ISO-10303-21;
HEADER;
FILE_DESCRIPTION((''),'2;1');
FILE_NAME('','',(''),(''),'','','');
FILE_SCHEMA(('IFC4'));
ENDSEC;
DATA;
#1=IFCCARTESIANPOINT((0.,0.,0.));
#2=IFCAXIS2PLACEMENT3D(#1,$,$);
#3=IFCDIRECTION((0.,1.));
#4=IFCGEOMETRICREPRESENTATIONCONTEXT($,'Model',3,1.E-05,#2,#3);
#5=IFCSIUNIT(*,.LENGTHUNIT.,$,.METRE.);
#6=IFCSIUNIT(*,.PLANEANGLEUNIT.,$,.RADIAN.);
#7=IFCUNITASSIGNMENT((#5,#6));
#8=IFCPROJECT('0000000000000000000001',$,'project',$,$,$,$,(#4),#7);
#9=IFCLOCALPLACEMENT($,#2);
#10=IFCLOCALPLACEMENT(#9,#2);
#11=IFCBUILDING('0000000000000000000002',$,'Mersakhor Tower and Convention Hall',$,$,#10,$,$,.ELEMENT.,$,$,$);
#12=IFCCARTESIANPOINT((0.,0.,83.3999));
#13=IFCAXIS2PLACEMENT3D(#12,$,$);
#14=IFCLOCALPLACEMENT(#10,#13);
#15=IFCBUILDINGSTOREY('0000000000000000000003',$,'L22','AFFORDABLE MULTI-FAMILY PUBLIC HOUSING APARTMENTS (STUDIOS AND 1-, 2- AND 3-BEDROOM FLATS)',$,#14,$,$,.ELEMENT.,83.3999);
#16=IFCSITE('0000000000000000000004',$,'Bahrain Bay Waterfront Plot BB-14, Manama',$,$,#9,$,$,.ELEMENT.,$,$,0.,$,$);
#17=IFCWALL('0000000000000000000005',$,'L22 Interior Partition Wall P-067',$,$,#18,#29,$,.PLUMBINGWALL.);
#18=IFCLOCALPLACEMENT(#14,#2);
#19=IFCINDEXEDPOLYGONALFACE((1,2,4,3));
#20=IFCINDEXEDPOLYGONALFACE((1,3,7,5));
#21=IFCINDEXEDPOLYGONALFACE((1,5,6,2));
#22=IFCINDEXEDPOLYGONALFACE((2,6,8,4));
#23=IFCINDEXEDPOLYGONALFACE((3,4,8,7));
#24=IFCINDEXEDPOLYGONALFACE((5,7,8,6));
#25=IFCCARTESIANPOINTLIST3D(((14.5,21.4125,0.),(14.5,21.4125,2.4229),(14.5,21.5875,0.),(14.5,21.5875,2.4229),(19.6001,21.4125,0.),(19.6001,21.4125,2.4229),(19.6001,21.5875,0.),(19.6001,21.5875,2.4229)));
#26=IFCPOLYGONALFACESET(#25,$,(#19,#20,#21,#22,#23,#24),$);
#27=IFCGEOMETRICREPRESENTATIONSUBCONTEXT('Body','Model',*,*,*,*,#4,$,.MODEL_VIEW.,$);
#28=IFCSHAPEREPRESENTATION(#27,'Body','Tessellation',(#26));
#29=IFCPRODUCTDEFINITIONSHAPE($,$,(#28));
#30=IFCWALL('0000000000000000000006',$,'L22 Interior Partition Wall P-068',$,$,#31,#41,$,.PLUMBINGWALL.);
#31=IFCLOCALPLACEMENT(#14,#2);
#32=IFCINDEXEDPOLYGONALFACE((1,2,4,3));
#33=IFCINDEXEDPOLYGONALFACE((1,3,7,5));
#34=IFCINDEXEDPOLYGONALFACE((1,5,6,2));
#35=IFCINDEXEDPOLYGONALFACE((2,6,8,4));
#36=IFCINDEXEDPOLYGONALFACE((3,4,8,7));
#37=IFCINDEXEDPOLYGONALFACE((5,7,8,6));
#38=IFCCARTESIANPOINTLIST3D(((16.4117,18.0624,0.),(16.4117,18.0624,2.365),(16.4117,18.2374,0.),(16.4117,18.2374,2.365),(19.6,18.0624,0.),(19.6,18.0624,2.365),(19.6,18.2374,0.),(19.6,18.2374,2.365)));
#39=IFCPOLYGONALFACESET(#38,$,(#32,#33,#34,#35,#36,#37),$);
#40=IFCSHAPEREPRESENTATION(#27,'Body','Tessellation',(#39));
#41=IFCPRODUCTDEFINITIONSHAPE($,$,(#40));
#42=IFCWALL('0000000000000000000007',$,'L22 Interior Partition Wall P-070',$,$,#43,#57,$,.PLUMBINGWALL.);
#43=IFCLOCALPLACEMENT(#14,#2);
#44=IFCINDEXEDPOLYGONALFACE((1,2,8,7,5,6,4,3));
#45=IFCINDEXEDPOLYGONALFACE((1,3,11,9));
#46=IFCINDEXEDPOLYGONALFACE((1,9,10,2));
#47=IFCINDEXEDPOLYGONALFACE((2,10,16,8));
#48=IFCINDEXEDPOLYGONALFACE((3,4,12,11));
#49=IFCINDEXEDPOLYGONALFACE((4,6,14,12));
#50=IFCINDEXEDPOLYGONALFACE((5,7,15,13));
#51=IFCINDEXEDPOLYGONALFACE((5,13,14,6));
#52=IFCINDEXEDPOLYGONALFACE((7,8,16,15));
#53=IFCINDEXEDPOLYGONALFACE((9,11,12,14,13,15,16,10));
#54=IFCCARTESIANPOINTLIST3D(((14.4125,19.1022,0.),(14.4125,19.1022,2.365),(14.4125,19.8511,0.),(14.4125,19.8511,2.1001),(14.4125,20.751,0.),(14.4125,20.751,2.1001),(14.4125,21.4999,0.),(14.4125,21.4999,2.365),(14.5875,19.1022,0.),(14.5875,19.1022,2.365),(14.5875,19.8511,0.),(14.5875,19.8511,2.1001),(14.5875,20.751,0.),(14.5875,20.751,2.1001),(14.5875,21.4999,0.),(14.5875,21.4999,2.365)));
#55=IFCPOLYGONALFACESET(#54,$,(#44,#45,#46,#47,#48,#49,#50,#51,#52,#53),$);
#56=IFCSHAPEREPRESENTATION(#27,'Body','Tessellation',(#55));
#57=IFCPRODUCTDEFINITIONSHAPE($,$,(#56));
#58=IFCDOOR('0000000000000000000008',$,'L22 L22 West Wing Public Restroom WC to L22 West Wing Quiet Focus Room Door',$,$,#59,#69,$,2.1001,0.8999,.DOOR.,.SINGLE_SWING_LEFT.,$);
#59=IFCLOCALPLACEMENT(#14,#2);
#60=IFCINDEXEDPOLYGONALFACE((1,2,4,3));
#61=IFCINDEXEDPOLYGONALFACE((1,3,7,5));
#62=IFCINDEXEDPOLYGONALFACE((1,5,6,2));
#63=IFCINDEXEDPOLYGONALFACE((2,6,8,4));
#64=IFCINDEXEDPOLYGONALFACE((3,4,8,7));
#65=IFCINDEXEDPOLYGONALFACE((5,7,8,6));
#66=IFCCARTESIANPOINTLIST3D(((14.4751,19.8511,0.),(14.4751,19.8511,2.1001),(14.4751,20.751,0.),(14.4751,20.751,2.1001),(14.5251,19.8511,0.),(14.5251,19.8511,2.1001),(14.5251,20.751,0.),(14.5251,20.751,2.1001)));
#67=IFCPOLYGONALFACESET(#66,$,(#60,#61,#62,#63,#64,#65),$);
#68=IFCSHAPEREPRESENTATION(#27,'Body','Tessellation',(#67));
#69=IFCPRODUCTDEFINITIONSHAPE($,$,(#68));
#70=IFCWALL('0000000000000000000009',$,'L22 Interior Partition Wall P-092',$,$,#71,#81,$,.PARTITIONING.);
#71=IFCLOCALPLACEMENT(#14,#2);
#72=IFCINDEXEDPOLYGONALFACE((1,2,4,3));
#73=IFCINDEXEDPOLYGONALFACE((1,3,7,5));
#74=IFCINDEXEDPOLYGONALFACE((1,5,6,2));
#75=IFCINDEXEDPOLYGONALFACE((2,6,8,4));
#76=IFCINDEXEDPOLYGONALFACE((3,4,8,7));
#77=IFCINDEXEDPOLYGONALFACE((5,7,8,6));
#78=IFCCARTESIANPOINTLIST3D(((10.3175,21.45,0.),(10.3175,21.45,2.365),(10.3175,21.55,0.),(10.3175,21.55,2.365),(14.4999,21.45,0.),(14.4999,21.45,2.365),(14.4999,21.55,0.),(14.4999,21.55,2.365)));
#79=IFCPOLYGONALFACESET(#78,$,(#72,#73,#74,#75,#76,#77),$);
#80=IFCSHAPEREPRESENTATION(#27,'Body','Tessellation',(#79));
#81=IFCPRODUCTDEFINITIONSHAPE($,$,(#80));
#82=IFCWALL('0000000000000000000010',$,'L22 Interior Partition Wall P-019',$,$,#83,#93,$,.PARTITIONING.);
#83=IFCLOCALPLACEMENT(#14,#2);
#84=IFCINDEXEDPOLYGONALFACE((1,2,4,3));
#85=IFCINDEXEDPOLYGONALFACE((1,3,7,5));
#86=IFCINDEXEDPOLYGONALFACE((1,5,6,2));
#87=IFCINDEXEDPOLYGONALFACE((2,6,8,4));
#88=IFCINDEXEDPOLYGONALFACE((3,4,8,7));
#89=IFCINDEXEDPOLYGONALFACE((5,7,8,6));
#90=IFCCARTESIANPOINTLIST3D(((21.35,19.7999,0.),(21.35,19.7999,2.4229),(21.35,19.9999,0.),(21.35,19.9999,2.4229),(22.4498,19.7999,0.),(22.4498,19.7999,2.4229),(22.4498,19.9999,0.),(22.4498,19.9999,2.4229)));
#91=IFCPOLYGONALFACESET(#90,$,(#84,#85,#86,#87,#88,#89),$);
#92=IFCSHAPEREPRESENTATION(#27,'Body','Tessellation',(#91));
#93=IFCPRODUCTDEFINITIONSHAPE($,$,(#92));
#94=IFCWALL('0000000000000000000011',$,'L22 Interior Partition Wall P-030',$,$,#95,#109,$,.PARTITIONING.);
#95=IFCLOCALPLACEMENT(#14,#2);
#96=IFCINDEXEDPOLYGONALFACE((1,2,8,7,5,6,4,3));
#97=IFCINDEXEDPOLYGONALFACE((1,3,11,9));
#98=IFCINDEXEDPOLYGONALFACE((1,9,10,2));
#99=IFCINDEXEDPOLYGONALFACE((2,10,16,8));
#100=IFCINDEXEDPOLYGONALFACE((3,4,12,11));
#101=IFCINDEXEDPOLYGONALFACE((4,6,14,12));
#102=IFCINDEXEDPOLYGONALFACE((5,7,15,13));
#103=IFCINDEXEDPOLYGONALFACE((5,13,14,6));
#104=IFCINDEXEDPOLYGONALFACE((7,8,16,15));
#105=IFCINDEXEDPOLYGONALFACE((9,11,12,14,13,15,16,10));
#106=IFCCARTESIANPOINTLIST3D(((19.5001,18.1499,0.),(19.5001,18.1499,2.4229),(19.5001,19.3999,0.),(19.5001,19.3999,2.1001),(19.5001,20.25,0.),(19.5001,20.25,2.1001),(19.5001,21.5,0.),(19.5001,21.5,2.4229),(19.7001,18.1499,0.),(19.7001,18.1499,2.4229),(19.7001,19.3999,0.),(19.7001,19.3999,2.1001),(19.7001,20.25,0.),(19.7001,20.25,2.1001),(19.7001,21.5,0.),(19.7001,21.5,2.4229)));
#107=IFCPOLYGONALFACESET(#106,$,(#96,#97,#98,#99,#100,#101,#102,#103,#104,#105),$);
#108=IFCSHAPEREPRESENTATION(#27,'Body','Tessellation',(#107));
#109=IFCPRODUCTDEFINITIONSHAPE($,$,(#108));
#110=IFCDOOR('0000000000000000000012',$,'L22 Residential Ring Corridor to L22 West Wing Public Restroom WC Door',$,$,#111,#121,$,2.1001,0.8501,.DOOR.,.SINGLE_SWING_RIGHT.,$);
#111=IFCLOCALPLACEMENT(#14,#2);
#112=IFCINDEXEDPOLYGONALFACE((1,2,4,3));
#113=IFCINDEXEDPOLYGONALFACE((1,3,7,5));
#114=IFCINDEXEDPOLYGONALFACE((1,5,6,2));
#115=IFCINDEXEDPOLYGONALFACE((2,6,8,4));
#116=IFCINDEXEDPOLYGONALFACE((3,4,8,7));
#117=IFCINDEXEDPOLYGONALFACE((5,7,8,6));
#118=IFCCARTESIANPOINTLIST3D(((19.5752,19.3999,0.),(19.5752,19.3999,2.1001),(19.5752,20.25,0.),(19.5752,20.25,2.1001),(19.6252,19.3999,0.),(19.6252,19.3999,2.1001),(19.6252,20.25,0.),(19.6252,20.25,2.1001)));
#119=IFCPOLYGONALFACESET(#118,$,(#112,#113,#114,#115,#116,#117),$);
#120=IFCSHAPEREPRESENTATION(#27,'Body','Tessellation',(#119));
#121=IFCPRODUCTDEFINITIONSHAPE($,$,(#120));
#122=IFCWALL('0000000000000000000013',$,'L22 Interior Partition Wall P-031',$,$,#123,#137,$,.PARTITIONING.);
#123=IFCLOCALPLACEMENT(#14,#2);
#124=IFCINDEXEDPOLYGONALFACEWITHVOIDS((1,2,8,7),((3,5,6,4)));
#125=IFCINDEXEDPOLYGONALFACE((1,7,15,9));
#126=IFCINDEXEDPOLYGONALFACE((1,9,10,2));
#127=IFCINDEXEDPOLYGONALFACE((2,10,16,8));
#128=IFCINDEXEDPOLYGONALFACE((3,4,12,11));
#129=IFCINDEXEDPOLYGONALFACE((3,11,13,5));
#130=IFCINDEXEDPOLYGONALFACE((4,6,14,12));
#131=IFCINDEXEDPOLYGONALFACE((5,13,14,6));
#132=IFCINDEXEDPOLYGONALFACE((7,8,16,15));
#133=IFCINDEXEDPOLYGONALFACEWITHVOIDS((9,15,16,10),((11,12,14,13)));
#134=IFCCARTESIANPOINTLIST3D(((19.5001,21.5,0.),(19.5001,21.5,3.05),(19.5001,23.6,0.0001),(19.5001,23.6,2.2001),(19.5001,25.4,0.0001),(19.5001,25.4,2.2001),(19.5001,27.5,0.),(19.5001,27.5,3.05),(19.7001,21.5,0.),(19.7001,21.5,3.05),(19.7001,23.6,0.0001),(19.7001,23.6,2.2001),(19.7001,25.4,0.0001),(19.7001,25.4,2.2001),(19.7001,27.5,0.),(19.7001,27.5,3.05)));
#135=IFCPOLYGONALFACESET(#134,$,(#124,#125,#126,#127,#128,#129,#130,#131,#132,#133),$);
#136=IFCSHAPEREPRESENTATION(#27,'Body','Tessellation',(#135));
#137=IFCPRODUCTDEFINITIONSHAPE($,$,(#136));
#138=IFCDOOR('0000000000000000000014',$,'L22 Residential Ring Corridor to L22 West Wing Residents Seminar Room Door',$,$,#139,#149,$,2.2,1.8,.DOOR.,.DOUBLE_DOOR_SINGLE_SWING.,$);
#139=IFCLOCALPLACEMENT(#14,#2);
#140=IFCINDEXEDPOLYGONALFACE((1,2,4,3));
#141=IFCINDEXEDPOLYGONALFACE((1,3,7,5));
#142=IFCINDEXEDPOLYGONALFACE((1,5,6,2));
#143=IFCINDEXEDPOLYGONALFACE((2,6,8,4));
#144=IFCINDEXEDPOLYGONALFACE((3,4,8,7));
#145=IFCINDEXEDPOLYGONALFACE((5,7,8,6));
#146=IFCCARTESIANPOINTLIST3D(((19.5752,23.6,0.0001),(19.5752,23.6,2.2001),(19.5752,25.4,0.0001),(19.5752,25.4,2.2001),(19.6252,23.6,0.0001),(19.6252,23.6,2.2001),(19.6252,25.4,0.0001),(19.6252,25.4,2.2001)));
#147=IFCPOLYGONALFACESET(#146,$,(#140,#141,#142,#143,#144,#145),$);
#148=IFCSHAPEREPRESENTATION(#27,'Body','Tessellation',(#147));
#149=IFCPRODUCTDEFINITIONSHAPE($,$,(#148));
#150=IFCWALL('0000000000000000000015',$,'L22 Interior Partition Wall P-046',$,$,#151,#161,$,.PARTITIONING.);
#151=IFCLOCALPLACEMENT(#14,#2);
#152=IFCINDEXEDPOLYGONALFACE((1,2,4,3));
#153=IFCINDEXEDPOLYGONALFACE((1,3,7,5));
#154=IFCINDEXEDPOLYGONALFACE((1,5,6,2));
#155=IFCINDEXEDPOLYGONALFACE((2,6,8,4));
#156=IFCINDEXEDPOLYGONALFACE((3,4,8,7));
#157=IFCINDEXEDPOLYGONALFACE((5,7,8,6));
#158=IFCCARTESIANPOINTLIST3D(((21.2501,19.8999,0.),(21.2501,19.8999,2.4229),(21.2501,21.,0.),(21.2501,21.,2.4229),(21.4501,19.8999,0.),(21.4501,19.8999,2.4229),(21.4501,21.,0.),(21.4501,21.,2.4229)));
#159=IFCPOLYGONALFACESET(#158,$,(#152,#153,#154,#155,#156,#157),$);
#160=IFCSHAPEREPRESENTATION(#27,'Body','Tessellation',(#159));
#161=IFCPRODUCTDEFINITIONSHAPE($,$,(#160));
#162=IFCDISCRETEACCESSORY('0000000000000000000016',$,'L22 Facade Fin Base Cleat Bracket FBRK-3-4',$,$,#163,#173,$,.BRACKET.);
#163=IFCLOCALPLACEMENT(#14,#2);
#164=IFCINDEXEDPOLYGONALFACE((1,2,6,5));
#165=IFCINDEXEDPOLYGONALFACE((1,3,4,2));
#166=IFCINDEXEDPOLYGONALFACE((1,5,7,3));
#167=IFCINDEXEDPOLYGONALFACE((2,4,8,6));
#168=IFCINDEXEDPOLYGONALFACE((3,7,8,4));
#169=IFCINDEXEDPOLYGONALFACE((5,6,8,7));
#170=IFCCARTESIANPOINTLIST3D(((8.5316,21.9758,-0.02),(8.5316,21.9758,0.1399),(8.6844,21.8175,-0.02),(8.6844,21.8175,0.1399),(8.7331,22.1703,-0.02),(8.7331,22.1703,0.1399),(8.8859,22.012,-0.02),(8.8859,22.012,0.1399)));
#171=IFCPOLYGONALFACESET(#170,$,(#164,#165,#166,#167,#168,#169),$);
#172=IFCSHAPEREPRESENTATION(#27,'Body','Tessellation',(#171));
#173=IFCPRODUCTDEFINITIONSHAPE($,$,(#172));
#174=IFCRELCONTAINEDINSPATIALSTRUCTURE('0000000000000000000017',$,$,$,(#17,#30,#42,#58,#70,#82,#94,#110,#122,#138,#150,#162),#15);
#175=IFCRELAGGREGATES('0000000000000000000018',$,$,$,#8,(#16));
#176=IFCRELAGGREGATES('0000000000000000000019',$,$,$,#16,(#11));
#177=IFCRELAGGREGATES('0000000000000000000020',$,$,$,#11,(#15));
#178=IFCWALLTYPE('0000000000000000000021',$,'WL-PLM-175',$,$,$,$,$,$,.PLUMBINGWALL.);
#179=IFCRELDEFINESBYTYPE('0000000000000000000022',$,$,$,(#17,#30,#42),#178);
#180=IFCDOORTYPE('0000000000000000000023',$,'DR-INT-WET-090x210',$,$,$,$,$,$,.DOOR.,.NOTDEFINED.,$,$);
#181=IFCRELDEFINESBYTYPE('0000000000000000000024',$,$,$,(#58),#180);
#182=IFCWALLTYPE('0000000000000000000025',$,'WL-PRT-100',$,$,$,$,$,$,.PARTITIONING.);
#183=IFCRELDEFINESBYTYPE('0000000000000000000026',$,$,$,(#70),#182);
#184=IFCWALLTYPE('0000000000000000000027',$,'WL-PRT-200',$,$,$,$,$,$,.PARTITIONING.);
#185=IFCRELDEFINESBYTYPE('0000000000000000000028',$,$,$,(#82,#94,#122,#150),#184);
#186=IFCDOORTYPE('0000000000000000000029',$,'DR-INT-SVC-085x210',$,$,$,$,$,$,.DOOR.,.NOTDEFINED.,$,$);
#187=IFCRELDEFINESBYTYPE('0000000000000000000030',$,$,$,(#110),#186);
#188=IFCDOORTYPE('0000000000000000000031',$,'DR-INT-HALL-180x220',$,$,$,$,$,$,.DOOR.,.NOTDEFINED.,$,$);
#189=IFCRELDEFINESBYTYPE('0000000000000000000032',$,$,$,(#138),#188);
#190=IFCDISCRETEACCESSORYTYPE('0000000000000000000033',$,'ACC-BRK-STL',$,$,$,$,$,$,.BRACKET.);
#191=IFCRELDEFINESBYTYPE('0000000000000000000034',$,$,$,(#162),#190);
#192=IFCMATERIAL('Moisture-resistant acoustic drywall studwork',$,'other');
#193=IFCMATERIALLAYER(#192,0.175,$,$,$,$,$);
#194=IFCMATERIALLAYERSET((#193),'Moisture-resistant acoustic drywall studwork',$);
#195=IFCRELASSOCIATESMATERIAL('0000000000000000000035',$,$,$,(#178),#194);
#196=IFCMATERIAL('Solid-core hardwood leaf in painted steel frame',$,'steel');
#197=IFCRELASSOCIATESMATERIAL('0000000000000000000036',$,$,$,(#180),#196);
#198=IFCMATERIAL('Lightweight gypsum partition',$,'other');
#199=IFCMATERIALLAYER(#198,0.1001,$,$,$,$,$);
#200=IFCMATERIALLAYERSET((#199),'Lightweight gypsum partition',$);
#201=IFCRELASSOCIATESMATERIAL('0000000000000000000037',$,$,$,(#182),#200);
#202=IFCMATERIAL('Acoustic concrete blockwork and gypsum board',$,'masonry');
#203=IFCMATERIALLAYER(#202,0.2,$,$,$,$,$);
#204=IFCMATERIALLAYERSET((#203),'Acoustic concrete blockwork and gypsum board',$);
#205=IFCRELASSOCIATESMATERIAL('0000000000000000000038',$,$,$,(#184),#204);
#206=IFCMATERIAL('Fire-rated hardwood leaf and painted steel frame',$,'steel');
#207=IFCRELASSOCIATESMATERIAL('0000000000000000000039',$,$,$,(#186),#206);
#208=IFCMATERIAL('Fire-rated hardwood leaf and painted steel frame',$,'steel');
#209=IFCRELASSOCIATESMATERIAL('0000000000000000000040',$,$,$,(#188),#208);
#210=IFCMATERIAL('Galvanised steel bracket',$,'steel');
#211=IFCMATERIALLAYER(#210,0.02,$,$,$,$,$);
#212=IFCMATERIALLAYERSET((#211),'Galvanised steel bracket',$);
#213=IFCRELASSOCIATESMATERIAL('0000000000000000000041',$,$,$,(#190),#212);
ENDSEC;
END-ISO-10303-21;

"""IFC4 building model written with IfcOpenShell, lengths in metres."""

from ifc_helpers import new_model, si_unit, direction, frame, frame_2d, origin, origin_2d, place, context, subcontext, project, spatial, rectangle, extrude, material, layer, layer_set, type_object, element, fill, save


model = new_model("IFC4")

# Units and contexts
model_context = context("Model", 3, precision=1e-05, world=origin(), true_north=direction((0.0, 1.0)))
body_context = subcontext(model_context, "Body", "Model", "MODEL_VIEW")
ifc_project = project(units=[si_unit("LENGTHUNIT", "METRE"), si_unit("PLANEANGLEUNIT", "RADIAN")], contexts=[model_context])

# Site, building, storey
site_placement = place(None, origin())
site = spatial("IfcSite", under=ifc_project, at=site_placement, Name="Bahrain Bay Waterfront Plot BB-14, Manama", CompositionType="ELEMENT", RefElevation=0.0)
building_placement = place(site_placement, origin())
building = spatial("IfcBuilding", under=site, at=building_placement, Name="Mersakhor Tower and Convention Hall", CompositionType="ELEMENT")
storey_placement = place(building_placement, frame((0.0, 0.0, 83.3999)))
storey = spatial("IfcBuildingStorey", under=building, at=storey_placement, Name="L22", Description="AFFORDABLE MULTI-FAMILY PUBLIC HOUSING APARTMENTS (STUDIOS AND 1-, 2- AND 3-BEDROOM FLATS)", CompositionType="ELEMENT", Elevation=83.3999)

# Walls
ifc_material_1 = material(Name="Moisture-resistant acoustic drywall studwork", Category="other")
ifc_layer_1 = layer(ifc_material_1, 0.175)
ifc_layer_set_1 = layer_set([ifc_layer_1], Name="Moisture-resistant acoustic drywall studwork")
wall_type_1 = type_object("IfcWallType", Name="WL-PLM-175", PredefinedType="PLUMBINGWALL", material=ifc_layer_set_1)
wall_1_placement = place(storey_placement, frame((14.5, 21.5, 0.0), z_axis=(0.0, 0.0, 1.0), x_axis=(1.0, 0.0, 0.0)))
element("IfcWall", 1, at=wall_1_placement, inside=storey, type_object=wall_type_1, Name="L22 Interior Partition Wall P-067", PredefinedType="PLUMBINGWALL", context=body_context, shape_type="SweptSolid", body=[
    extrude(rectangle(XDim=5.1001, YDim=0.175, at=frame_2d((2.55, 0.0))), origin(), (0.0, 0.0, 1.0), 2.4229),
])
wall_2_placement = place(storey_placement, frame((19.6001, 18.1499, 0.0), z_axis=(0.0, 0.0, 1.0), x_axis=(-1.0, 0.0, 0.0)))
element("IfcWall", 2, at=wall_2_placement, inside=storey, type_object=wall_type_1, Name="L22 Interior Partition Wall P-068", PredefinedType="PLUMBINGWALL", context=body_context, shape_type="SweptSolid", body=[
    extrude(rectangle(XDim=3.1882, YDim=0.175, at=frame_2d((1.5942, 0.0))), origin(), (0.0, 0.0, 1.0), 2.365),
])

# Wall, opening, door
wall_3_placement = place(storey_placement, frame((14.5, 19.1023, 0.0), z_axis=(0.0, 0.0, 1.0), x_axis=(0.0, 1.0, 0.0)))
wall_3 = element("IfcWall", 3, at=wall_3_placement, inside=storey, type_object=wall_type_1, Name="L22 Interior Partition Wall P-070", PredefinedType="PLUMBINGWALL", context=body_context, shape_type="SweptSolid", body=[
    extrude(rectangle(XDim=2.3977, YDim=0.175, at=frame_2d((1.1987, 0.0))), origin(), (0.0, 0.0, 1.0), 2.365),
])
opening_1_placement = place(wall_3_placement, frame((0.7488, 0.0, 0.0)))
opening_1 = element("IfcOpeningElement", 4, at=opening_1_placement, cuts=wall_3, PredefinedType="OPENING", context=body_context, shape_type="SweptSolid", body=[
    extrude(rectangle(XDim=0.8999, YDim=2.1001, at=frame_2d((0.45, 1.05))), frame((0.0, 0.0974, 0.0), z_axis=(0.0, -1.0, 0.0), x_axis=(1.0, 0.0, 0.0)), (0.0, 0.0, 1.0), 0.1951),
])
ifc_material_2 = material(Name="Solid-core hardwood leaf in painted steel frame", Category="steel")
door_type_1 = type_object("IfcDoorType", Name="DR-INT-WET-090x210", OperationType="NOTDEFINED", PredefinedType="DOOR", material=ifc_material_2)
door_1_placement = place(opening_1_placement, origin())
door_1 = element("IfcDoor", 5, at=door_1_placement, inside=storey, type_object=door_type_1, Name="L22 L22 West Wing Public Restroom WC to L22 West Wing Quiet Focus Room Door", OperationType="SINGLE_SWING_LEFT", OverallHeight=2.1001, OverallWidth=0.8999, PredefinedType="DOOR", context=body_context, shape_type="SweptSolid", body=[
    extrude(rectangle(XDim=0.8999, YDim=2.1001, at=frame_2d((0.45, 1.05))), frame((0.0, 0.0249, 0.0), z_axis=(0.0, -1.0, 0.0), x_axis=(1.0, 0.0, 0.0)), (0.0, 0.0, 1.0), 0.05),
])
fill(opening_1, door_1)

# Walls
ifc_material_3 = material(Name="Lightweight gypsum partition", Category="other")
ifc_layer_2 = layer(ifc_material_3, 0.1001)
ifc_layer_set_2 = layer_set([ifc_layer_2], Name="Lightweight gypsum partition")
wall_type_2 = type_object("IfcWallType", Name="WL-PRT-100", PredefinedType="PARTITIONING", material=ifc_layer_set_2)
wall_4_placement = place(storey_placement, frame((14.5, 21.5, 0.0), z_axis=(0.0, 0.0, 1.0), x_axis=(-1.0, 0.0, 0.0)))
element("IfcWall", 6, at=wall_4_placement, inside=storey, type_object=wall_type_2, Name="L22 Interior Partition Wall P-092", PredefinedType="PARTITIONING", context=body_context, shape_type="SweptSolid", body=[
    extrude(rectangle(XDim=4.1824, YDim=0.1001, at=frame_2d((2.0913, 0.0))), origin(), (0.0, 0.0, 1.0), 2.365),
])
ifc_material_4 = material(Name="Acoustic concrete blockwork and gypsum board", Category="masonry")
ifc_layer_3 = layer(ifc_material_4, 0.2)
ifc_layer_set_3 = layer_set([ifc_layer_3], Name="Acoustic concrete blockwork and gypsum board")
wall_type_3 = type_object("IfcWallType", Name="WL-PRT-200", PredefinedType="PARTITIONING", material=ifc_layer_set_3)
wall_5_placement = place(storey_placement, frame((21.3501, 19.8999, 0.0), z_axis=(0.0, 0.0, 1.0), x_axis=(1.0, 0.0, 0.0)))
element("IfcWall", 7, at=wall_5_placement, inside=storey, type_object=wall_type_3, Name="L22 Interior Partition Wall P-019", PredefinedType="PARTITIONING", context=body_context, shape_type="SweptSolid", body=[
    extrude(rectangle(XDim=1.0999, YDim=0.2, at=frame_2d((0.5498, 0.0))), origin(), (0.0, 0.0, 1.0), 2.4229),
])

# Walls, openings, doors
wall_6_placement = place(storey_placement, frame((19.6001, 18.1499, 0.0), z_axis=(0.0, 0.0, 1.0), x_axis=(0.0, 1.0, 0.0)))
wall_6 = element("IfcWall", 8, at=wall_6_placement, inside=storey, type_object=wall_type_3, Name="L22 Interior Partition Wall P-030", PredefinedType="PARTITIONING", context=body_context, shape_type="SweptSolid", body=[
    extrude(rectangle(XDim=3.3501, YDim=0.2, at=frame_2d((1.675, 0.0))), origin(), (0.0, 0.0, 1.0), 2.4229),
])
opening_2_placement = place(wall_6_placement, frame((1.25, 0.0, 0.0)))
opening_2 = element("IfcOpeningElement", 9, at=opening_2_placement, cuts=wall_6, PredefinedType="OPENING", context=body_context, shape_type="SweptSolid", body=[
    extrude(rectangle(XDim=0.8501, YDim=2.1001, at=frame_2d((0.425, 1.05))), frame((0.0, 0.1099, 0.0), z_axis=(0.0, -1.0, 0.0), x_axis=(1.0, 0.0, 0.0)), (0.0, 0.0, 1.0), 0.22),
])
ifc_material_5 = material(Name="Fire-rated hardwood leaf and painted steel frame", Category="steel")
door_type_2 = type_object("IfcDoorType", Name="DR-INT-SVC-085x210", OperationType="NOTDEFINED", PredefinedType="DOOR", material=ifc_material_5)
door_2_placement = place(opening_2_placement, origin())
door_2 = element("IfcDoor", 10, at=door_2_placement, inside=storey, type_object=door_type_2, Name="L22 Residential Ring Corridor to L22 West Wing Public Restroom WC Door", OperationType="SINGLE_SWING_RIGHT", OverallHeight=2.1001, OverallWidth=0.8501, PredefinedType="DOOR", context=body_context, shape_type="SweptSolid", body=[
    extrude(rectangle(XDim=0.8501, YDim=2.1001, at=frame_2d((0.425, 1.05))), frame((0.0, 0.0249, 0.0), z_axis=(0.0, -1.0, 0.0), x_axis=(1.0, 0.0, 0.0)), (0.0, 0.0, 1.0), 0.05),
])
fill(opening_2, door_2)
wall_7_placement = place(storey_placement, frame((19.6001, 21.5, 0.0), z_axis=(0.0, 0.0, 1.0), x_axis=(0.0, 1.0, 0.0)))
wall_7 = element("IfcWall", 11, at=wall_7_placement, inside=storey, type_object=wall_type_3, Name="L22 Interior Partition Wall P-031", PredefinedType="PARTITIONING", context=body_context, shape_type="SweptSolid", body=[
    extrude(rectangle(XDim=6.0, YDim=0.2, at=frame_2d((3.0, 0.0))), origin(), (0.0, 0.0, 1.0), 3.05),
])
opening_3_placement = place(wall_7_placement, frame((2.1001, 0.0, 0.0)))
opening_3 = element("IfcOpeningElement", 12, at=opening_3_placement, cuts=wall_7, PredefinedType="OPENING", context=body_context, shape_type="SweptSolid", body=[
    extrude(rectangle(XDim=1.8, YDim=2.2, at=frame_2d((0.8999, 1.1001))), frame((0.0, 0.1099, 0.0), z_axis=(0.0, -1.0, 0.0), x_axis=(1.0, 0.0, 0.0)), (0.0, 0.0, 1.0), 0.22),
])
ifc_material_6 = material(Name="Fire-rated hardwood leaf and painted steel frame", Category="steel")
door_type_3 = type_object("IfcDoorType", Name="DR-INT-HALL-180x220", OperationType="NOTDEFINED", PredefinedType="DOOR", material=ifc_material_6)
door_3_placement = place(opening_3_placement, origin())
door_3 = element("IfcDoor", 13, at=door_3_placement, inside=storey, type_object=door_type_3, Name="L22 Residential Ring Corridor to L22 West Wing Residents Seminar Room Door", OperationType="DOUBLE_DOOR_SINGLE_SWING", OverallHeight=2.2, OverallWidth=1.8, PredefinedType="DOOR", context=body_context, shape_type="SweptSolid", body=[
    extrude(rectangle(XDim=1.8, YDim=2.2, at=frame_2d((0.8999, 1.1001))), frame((0.0, 0.0249, 0.0), z_axis=(0.0, -1.0, 0.0), x_axis=(1.0, 0.0, 0.0)), (0.0, 0.0, 1.0), 0.05),
])
fill(opening_3, door_3)

# Wall
wall_8_placement = place(storey_placement, frame((21.3501, 21.0, 0.0), z_axis=(0.0, 0.0, 1.0), x_axis=(0.0, -1.0, 0.0)))
element("IfcWall", 14, at=wall_8_placement, inside=storey, type_object=wall_type_3, Name="L22 Interior Partition Wall P-046", PredefinedType="PARTITIONING", context=body_context, shape_type="SweptSolid", body=[
    extrude(rectangle(XDim=1.1001, YDim=0.2, at=frame_2d((0.55, 0.0))), origin(), (0.0, 0.0, 1.0), 2.4229),
])

# Discrete accessory
ifc_material_7 = material(Name="Galvanised steel bracket", Category="steel")
ifc_layer_4 = layer(ifc_material_7, 0.02)
ifc_layer_set_4 = layer_set([ifc_layer_4], Name="Galvanised steel bracket")
discrete_accessory_type = type_object("IfcDiscreteAccessoryType", Name="ACC-BRK-STL", PredefinedType="BRACKET", material=ifc_layer_set_4)
discrete_accessory_placement = place(storey_placement, frame((8.7087, 21.9939, -0.02), z_axis=(0.0, 0.0, 1.0), x_axis=(-0.71934, -0.694658, 0.0)))
element("IfcDiscreteAccessory", 15, at=discrete_accessory_placement, inside=storey, type_object=discrete_accessory_type, Name="L22 Facade Fin Base Cleat Bracket FBRK-3-4", PredefinedType="BRACKET", context=body_context, shape_type="SweptSolid", body=[
    extrude(rectangle(XDim=0.28, YDim=0.22, at=origin_2d()), origin(), (0.0, 0.0, 1.0), 0.1599),
])

save(model, "model.ifc")
